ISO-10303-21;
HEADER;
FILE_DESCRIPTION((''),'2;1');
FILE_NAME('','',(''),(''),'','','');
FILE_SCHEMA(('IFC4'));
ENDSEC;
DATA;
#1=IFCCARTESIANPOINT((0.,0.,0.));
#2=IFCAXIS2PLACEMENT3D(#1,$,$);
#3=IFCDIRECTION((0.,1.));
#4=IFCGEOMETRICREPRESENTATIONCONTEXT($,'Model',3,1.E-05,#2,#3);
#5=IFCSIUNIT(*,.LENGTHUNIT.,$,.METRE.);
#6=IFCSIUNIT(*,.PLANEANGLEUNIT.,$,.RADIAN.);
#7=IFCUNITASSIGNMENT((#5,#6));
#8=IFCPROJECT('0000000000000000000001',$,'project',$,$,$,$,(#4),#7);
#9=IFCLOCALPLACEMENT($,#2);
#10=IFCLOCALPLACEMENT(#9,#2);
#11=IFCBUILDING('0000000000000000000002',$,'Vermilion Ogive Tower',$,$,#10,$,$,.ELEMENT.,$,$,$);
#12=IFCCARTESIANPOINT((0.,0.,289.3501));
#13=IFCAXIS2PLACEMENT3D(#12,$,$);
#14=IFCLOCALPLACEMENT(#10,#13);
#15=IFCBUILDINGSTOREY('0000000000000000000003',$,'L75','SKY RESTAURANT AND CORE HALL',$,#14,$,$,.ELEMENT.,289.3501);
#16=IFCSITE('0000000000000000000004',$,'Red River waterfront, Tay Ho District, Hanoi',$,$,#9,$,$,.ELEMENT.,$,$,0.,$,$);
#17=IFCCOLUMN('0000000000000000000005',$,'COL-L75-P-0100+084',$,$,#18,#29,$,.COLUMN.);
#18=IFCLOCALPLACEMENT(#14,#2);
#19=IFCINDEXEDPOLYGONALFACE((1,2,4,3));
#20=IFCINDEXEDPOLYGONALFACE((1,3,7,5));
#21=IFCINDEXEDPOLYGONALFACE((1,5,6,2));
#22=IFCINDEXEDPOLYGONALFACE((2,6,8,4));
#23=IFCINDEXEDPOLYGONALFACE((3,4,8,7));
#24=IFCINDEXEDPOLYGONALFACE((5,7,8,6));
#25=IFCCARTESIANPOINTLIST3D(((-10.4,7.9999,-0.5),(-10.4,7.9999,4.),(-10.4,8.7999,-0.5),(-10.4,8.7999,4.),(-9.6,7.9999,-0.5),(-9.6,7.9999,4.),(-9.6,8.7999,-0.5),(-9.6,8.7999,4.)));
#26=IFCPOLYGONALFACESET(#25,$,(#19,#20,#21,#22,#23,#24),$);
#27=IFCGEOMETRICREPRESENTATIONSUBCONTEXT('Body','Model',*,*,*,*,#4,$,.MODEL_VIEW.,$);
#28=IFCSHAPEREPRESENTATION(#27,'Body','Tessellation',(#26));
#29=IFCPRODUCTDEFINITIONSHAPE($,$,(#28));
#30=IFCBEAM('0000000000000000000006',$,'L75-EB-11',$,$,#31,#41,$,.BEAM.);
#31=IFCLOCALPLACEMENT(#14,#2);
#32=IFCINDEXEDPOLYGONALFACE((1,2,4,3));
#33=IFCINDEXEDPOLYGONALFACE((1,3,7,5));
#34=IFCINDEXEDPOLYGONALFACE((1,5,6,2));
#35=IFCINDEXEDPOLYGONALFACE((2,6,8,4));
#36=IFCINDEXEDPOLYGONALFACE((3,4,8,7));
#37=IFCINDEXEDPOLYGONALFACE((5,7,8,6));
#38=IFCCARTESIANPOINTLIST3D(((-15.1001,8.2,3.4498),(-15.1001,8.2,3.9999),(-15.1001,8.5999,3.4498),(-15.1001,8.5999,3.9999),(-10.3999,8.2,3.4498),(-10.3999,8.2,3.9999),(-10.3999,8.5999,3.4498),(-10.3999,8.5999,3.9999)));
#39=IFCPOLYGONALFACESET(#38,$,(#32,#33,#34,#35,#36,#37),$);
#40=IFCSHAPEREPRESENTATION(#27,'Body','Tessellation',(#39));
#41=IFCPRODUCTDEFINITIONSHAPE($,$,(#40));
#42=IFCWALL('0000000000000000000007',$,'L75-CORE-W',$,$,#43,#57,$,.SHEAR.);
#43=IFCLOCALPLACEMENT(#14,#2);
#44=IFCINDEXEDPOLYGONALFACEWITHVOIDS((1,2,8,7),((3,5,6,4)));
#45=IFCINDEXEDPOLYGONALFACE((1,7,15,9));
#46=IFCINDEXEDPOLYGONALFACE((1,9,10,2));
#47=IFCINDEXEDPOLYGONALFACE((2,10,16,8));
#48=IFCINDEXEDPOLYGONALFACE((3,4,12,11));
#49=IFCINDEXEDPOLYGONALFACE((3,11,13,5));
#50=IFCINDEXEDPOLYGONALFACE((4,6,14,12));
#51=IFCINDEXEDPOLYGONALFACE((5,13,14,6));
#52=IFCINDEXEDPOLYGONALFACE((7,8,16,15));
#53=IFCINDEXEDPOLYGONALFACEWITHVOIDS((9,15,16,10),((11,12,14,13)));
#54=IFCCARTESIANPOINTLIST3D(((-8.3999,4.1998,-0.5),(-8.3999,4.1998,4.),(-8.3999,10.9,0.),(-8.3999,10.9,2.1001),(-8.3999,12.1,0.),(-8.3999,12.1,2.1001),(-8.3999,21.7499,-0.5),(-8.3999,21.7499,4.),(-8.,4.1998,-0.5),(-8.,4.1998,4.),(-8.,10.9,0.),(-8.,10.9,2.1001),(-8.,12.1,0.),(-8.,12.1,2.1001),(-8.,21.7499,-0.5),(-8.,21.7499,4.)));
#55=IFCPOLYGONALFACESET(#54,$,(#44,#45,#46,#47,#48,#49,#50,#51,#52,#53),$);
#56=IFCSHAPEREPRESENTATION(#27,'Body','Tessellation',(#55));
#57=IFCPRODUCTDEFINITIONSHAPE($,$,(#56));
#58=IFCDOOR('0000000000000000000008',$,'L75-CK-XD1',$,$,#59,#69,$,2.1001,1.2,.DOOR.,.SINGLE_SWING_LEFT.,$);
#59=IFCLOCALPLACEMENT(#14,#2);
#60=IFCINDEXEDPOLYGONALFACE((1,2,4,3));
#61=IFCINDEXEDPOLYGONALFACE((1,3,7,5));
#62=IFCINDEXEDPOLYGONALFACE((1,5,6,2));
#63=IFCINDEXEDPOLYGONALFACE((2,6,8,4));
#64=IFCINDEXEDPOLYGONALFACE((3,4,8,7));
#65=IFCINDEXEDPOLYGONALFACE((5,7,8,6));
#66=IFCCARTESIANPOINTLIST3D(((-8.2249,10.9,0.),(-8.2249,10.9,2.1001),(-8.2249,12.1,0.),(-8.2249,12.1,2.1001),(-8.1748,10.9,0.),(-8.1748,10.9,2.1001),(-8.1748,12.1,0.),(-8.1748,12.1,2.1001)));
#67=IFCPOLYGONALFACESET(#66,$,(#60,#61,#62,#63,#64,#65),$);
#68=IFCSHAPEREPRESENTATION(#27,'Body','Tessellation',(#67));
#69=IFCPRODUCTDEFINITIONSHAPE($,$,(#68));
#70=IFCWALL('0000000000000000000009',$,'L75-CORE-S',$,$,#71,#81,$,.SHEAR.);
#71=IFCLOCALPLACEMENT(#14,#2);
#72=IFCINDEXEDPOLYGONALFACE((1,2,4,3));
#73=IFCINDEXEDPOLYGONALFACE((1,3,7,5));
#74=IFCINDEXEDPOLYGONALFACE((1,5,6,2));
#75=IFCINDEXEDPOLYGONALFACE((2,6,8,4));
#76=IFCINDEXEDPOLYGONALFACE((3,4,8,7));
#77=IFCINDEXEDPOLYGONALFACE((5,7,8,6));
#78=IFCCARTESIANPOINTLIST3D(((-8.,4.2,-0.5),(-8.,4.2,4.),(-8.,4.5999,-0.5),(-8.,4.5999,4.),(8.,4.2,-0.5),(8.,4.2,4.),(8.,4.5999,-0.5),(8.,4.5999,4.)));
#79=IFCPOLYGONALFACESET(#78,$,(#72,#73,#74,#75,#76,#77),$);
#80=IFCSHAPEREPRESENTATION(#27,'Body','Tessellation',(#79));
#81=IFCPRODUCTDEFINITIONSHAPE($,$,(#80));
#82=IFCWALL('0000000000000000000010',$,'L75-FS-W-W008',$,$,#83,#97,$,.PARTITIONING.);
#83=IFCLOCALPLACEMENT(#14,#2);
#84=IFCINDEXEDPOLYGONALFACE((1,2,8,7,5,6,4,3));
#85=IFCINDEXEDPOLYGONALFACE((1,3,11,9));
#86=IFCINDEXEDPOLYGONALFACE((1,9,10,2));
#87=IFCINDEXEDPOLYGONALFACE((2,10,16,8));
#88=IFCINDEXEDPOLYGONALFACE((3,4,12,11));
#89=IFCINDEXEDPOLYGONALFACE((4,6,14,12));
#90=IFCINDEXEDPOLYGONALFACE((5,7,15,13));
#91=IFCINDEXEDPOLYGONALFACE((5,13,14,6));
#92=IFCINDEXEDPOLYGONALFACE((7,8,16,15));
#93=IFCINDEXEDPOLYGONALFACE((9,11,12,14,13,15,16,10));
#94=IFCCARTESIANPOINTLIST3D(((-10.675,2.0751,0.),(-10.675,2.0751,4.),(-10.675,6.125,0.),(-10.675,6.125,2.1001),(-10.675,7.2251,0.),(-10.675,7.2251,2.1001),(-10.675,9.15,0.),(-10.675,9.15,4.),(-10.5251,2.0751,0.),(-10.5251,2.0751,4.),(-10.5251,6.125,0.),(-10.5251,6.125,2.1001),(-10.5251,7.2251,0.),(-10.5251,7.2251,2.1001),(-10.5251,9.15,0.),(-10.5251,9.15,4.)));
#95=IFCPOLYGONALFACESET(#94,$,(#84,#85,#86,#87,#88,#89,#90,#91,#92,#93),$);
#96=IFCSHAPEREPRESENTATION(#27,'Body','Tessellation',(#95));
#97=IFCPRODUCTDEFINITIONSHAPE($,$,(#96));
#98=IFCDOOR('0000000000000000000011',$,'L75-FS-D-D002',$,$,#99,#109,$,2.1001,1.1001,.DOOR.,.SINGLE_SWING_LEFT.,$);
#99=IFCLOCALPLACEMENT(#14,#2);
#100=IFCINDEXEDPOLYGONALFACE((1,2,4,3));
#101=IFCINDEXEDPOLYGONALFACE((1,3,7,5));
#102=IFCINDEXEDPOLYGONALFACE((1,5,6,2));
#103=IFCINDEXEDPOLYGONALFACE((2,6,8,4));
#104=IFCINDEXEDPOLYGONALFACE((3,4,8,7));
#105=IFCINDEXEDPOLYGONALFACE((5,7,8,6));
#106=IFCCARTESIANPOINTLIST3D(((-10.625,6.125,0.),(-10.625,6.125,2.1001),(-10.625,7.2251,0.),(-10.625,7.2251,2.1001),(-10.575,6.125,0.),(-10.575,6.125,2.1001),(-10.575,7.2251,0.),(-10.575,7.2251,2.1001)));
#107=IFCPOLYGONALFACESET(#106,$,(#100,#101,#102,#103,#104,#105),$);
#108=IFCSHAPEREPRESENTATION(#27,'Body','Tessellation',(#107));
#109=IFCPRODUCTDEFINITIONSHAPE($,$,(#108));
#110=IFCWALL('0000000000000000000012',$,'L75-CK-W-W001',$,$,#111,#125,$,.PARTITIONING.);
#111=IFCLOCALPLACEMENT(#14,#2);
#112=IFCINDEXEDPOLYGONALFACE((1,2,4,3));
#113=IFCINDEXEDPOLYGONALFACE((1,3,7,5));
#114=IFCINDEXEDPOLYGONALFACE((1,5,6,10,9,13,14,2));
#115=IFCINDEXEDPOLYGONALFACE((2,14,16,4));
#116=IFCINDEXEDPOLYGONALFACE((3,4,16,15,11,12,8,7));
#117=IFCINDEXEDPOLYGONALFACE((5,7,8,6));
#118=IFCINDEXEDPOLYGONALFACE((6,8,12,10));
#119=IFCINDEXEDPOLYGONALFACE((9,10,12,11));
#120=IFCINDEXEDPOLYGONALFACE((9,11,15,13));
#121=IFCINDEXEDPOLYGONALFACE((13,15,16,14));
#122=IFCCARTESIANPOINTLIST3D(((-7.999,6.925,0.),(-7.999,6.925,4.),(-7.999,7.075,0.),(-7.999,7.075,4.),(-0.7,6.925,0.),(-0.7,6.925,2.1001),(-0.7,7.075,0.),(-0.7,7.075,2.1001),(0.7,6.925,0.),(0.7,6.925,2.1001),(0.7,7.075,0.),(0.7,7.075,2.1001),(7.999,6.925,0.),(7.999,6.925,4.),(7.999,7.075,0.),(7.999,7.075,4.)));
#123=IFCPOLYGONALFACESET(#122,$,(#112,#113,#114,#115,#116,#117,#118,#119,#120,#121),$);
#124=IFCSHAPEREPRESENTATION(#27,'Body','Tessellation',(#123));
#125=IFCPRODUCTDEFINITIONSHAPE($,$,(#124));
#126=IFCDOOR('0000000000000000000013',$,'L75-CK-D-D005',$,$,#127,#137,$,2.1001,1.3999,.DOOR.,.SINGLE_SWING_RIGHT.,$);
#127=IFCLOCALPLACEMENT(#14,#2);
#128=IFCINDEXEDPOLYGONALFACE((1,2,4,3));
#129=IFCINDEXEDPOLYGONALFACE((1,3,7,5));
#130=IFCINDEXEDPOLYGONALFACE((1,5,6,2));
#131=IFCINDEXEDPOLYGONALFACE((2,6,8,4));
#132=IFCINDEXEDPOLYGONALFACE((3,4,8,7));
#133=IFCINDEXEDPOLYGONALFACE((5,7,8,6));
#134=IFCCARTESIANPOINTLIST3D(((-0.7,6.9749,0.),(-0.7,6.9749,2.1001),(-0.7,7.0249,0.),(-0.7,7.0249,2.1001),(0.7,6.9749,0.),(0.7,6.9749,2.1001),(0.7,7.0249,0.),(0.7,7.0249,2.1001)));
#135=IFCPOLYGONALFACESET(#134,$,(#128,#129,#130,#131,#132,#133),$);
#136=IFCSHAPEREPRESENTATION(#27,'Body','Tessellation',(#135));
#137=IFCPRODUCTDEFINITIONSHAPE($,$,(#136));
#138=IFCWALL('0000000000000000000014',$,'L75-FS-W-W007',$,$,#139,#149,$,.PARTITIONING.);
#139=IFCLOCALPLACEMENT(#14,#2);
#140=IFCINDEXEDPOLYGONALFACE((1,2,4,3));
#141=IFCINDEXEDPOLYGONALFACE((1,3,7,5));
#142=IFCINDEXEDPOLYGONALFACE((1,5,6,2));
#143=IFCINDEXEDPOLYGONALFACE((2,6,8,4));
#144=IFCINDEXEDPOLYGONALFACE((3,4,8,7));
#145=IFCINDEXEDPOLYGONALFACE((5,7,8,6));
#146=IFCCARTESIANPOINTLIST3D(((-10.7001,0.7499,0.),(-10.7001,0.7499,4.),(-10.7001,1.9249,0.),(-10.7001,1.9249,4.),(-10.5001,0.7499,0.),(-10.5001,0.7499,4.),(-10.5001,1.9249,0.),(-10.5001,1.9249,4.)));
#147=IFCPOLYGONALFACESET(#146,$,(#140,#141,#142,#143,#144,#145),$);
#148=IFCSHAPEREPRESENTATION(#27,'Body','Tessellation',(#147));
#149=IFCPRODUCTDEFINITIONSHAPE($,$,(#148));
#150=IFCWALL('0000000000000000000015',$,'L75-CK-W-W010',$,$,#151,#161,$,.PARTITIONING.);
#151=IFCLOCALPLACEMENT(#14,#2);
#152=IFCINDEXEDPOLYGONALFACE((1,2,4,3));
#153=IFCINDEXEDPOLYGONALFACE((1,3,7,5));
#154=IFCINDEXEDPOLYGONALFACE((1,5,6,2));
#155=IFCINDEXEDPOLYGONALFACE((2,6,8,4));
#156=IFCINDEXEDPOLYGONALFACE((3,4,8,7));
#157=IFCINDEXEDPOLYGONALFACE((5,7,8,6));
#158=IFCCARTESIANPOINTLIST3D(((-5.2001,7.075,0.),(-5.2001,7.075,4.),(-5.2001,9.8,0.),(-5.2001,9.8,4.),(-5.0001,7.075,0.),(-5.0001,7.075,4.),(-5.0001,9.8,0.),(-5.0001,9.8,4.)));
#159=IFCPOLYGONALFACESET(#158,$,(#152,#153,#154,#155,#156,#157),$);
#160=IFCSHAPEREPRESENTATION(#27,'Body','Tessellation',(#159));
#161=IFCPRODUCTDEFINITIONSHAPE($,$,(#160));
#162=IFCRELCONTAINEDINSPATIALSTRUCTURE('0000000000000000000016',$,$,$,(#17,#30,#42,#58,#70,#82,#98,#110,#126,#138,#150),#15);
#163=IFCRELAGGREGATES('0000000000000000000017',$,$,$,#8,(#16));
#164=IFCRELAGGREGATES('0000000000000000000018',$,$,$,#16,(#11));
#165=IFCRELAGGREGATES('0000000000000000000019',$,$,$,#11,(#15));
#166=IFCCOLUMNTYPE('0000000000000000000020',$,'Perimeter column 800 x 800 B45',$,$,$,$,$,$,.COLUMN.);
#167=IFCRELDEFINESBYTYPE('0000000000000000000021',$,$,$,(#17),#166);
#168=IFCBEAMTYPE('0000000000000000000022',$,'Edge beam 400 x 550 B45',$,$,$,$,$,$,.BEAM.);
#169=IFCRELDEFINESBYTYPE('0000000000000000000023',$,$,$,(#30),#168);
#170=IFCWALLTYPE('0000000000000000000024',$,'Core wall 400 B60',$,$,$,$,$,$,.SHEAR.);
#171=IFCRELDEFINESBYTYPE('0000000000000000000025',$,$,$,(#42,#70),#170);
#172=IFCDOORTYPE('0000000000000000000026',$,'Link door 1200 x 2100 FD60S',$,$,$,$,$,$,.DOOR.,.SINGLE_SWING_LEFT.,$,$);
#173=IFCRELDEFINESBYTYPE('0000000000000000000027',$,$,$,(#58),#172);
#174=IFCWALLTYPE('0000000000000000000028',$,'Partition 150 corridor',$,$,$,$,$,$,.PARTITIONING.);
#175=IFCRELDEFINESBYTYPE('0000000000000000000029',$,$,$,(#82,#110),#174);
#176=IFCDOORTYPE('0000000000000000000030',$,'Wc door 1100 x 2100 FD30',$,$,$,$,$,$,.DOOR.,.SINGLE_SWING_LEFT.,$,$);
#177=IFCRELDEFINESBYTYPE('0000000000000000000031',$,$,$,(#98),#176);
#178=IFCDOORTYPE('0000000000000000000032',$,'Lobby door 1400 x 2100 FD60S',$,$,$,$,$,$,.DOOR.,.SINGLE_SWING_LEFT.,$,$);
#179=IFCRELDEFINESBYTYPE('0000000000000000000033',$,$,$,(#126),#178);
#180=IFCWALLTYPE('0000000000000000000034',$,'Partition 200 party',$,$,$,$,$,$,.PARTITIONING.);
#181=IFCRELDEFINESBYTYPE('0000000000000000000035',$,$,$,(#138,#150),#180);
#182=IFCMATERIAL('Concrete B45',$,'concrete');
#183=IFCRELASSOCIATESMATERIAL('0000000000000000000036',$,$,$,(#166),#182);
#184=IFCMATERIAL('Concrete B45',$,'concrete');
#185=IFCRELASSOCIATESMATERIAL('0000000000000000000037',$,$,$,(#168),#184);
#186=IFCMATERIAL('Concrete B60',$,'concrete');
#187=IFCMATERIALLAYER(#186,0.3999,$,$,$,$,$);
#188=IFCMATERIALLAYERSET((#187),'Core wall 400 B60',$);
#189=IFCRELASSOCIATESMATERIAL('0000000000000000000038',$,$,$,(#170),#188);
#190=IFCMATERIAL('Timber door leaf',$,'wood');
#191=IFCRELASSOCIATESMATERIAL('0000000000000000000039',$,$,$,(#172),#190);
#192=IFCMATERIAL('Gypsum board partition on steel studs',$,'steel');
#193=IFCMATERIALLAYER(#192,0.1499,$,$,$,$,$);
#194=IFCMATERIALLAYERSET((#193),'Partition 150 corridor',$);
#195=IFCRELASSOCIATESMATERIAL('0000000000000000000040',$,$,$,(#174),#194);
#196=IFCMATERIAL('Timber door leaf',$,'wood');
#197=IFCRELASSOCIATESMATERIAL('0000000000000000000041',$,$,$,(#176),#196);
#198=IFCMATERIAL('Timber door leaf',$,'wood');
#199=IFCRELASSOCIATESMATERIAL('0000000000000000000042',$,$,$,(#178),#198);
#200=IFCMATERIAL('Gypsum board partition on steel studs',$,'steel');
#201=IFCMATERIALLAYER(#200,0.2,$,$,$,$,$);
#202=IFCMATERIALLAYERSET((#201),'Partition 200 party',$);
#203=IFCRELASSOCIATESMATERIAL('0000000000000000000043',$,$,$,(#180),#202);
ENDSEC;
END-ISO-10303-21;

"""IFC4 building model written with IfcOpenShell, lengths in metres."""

from ifc_helpers import new_model, si_unit, direction, frame, frame_2d, origin, origin_2d, place, context, subcontext, project, spatial, rectangle, extrude, material, layer, layer_set, material_profile, profile_set, type_object, element, fill, save


model = new_model("IFC4")

# Units and contexts
model_context = context("Model", 3, precision=1e-05, world=origin(), true_north=direction((0.0, 1.0)))
body_context = subcontext(model_context, "Body", "Model", "MODEL_VIEW")
ifc_project = project(units=[si_unit("LENGTHUNIT", "METRE"), si_unit("PLANEANGLEUNIT", "RADIAN")], contexts=[model_context])

# Site, building, storey
site_placement = place(None, origin())
site = spatial("IfcSite", under=ifc_project, at=site_placement, Name="Red River waterfront, Tay Ho District, Hanoi", CompositionType="ELEMENT", RefElevation=0.0)
building_placement = place(site_placement, origin())
building = spatial("IfcBuilding", under=site, at=building_placement, Name="Vermilion Ogive Tower", CompositionType="ELEMENT")
storey_placement = place(building_placement, frame((0.0, 0.0, 289.3501)))
storey = spatial("IfcBuildingStorey", under=building, at=storey_placement, Name="L75", Description="SKY RESTAURANT AND CORE HALL", CompositionType="ELEMENT", Elevation=289.3501)

# Column
ifc_material_1 = material(Name="Concrete B45", Category="concrete")
ifc_material_profile_1 = material_profile(ifc_material_1, rectangle(XDim=0.8, YDim=0.8, at=origin_2d()), Name="800 x 800")
ifc_profile_set_1 = profile_set([ifc_material_profile_1], Name="Concrete B45")
column_type = type_object("IfcColumnType", Name="Perimeter column 800 x 800 B45", PredefinedType="COLUMN", material=ifc_profile_set_1)
column_placement = place(storey_placement, frame((-10.0, 8.3999, -0.5), z_axis=(0.0, 0.0, 1.0), x_axis=(1.0, 0.0, 0.0)))
element("IfcColumn", 1, at=column_placement, inside=storey, type_object=column_type, Name="COL-L75-P-0100+084", PredefinedType="COLUMN", context=body_context, shape_type="SweptSolid", body=[
    extrude(rectangle(XDim=0.8, YDim=0.8, at=origin_2d()), origin(), (0.0, 0.0, 1.0), 4.5),
])

# Beam
ifc_material_2 = material(Name="Concrete B45", Category="concrete")
ifc_material_profile_2 = material_profile(ifc_material_2, rectangle(XDim=0.3999, YDim=0.55, at=origin_2d()), Name="400 x 550")
ifc_profile_set_2 = profile_set([ifc_material_profile_2], Name="Concrete B45")
beam_type = type_object("IfcBeamType", Name="Edge beam 400 x 550 B45", PredefinedType="BEAM", material=ifc_profile_set_2)
beam_placement = place(storey_placement, frame((-10.3999, 8.3999, 3.7249), z_axis=(-1.0, 0.0, 0.0), x_axis=(0.0, -1.0, 0.0)))
element("IfcBeam", 2, at=beam_placement, inside=storey, type_object=beam_type, Name="L75-EB-11", PredefinedType="BEAM", context=body_context, shape_type="SweptSolid", body=[
    extrude(rectangle(XDim=0.3999, YDim=0.55, at=origin_2d()), origin(), (0.0, 0.0, 1.0), 4.7002),
])

# Wall, opening, door
ifc_material_3 = material(Name="Concrete B60", Category="concrete")
ifc_layer_1 = layer(ifc_material_3, 0.3999)
ifc_layer_set_1 = layer_set([ifc_layer_1], Name="Core wall 400 B60")
wall_type_1 = type_object("IfcWallType", Name="Core wall 400 B60", PredefinedType="SHEAR", material=ifc_layer_set_1)
wall_1_placement = place(storey_placement, frame((-8.2, 4.2, -0.5), z_axis=(0.0, 0.0, 1.0), x_axis=(0.0, 1.0, 0.0)))
wall_1 = element("IfcWall", 3, at=wall_1_placement, inside=storey, type_object=wall_type_1, Name="L75-CORE-W", PredefinedType="SHEAR", context=body_context, shape_type="SweptSolid", body=[
    extrude(rectangle(XDim=17.55, YDim=0.3999, at=frame_2d((8.7749, 0.0))), origin(), (0.0, 0.0, 1.0), 4.5),
])
opening_1_placement = place(wall_1_placement, frame((6.7, 0.0, 0.5)))
opening_1 = element("IfcOpeningElement", 4, at=opening_1_placement, cuts=wall_1, PredefinedType="OPENING", context=body_context, shape_type="SweptSolid", body=[
    extrude(rectangle(XDim=1.2, YDim=2.1001, at=frame_2d((0.6001, 1.05))), frame((0.0, 0.21, 0.0), z_axis=(0.0, -1.0, 0.0), x_axis=(1.0, 0.0, 0.0)), (0.0, 0.0, 1.0), 0.4199),
])
ifc_material_4 = material(Name="Timber door leaf", Category="wood")
door_type_1 = type_object("IfcDoorType", Name="Link door 1200 x 2100 FD60S", OperationType="SINGLE_SWING_LEFT", PredefinedType="DOOR", material=ifc_material_4)
door_1_placement = place(opening_1_placement, origin())
door_1 = element("IfcDoor", 5, at=door_1_placement, inside=storey, type_object=door_type_1, Name="L75-CK-XD1", OperationType="SINGLE_SWING_LEFT", OverallHeight=2.1001, OverallWidth=1.2, PredefinedType="DOOR", context=body_context, shape_type="SweptSolid", body=[
    extrude(rectangle(XDim=1.2, YDim=2.1001, at=frame_2d((0.6001, 1.05))), frame((0.0, 0.0249, 0.0), z_axis=(0.0, -1.0, 0.0), x_axis=(1.0, 0.0, 0.0)), (0.0, 0.0, 1.0), 0.05),
])
fill(opening_1, door_1)

# Wall
wall_2_placement = place(storey_placement, frame((-8.0, 4.3999, -0.5), z_axis=(0.0, 0.0, 1.0), x_axis=(1.0, 0.0, 0.0)))
element("IfcWall", 6, at=wall_2_placement, inside=storey, type_object=wall_type_1, Name="L75-CORE-S", PredefinedType="SHEAR", context=body_context, shape_type="SweptSolid", body=[
    extrude(rectangle(XDim=16.0, YDim=0.3999, at=frame_2d((8.0, 0.0))), origin(), (0.0, 0.0, 1.0), 4.5),
])

# Walls, openings, doors
ifc_material_5 = material(Name="Gypsum board partition on steel studs", Category="steel")
ifc_layer_2 = layer(ifc_material_5, 0.1499)
ifc_layer_set_2 = layer_set([ifc_layer_2], Name="Partition 150 corridor")
wall_type_2 = type_object("IfcWallType", Name="Partition 150 corridor", PredefinedType="PARTITIONING", material=ifc_layer_set_2)
wall_3_placement = place(storey_placement, frame((-10.6001, 2.075, 0.0), z_axis=(0.0, 0.0, 1.0), x_axis=(0.0, 1.0, 0.0)))
wall_3 = element("IfcWall", 7, at=wall_3_placement, inside=storey, type_object=wall_type_2, Name="L75-FS-W-W008", PredefinedType="PARTITIONING", context=body_context, shape_type="SweptSolid", body=[
    extrude(rectangle(XDim=7.075, YDim=0.1499, at=frame_2d((3.5376, 0.0))), origin(), (0.0, 0.0, 1.0), 4.0),
])
opening_2_placement = place(wall_3_placement, frame((4.05, 0.0, 0.0)))
opening_2 = element("IfcOpeningElement", 8, at=opening_2_placement, cuts=wall_3, PredefinedType="OPENING", context=body_context, shape_type="SweptSolid", body=[
    extrude(rectangle(XDim=1.1001, YDim=2.1001, at=frame_2d((0.55, 1.05))), frame((0.0, 0.085, 0.0), z_axis=(0.0, -1.0, 0.0), x_axis=(1.0, 0.0, 0.0)), (0.0, 0.0, 1.0), 0.1699),
])
ifc_material_6 = material(Name="Timber door leaf", Category="wood")
door_type_2 = type_object("IfcDoorType", Name="Wc door 1100 x 2100 FD30", OperationType="SINGLE_SWING_LEFT", PredefinedType="DOOR", material=ifc_material_6)
door_2_placement = place(opening_2_placement, origin())
door_2 = element("IfcDoor", 9, at=door_2_placement, inside=storey, type_object=door_type_2, Name="L75-FS-D-D002", OperationType="SINGLE_SWING_LEFT", OverallHeight=2.1001, OverallWidth=1.1001, PredefinedType="DOOR", context=body_context, shape_type="SweptSolid", body=[
    extrude(rectangle(XDim=1.1001, YDim=2.1001, at=frame_2d((0.55, 1.05))), frame((0.0, 0.0249, 0.0), z_axis=(0.0, -1.0, 0.0), x_axis=(1.0, 0.0, 0.0)), (0.0, 0.0, 1.0), 0.05),
])
fill(opening_2, door_2)
wall_4_placement = place(storey_placement, frame((-7.999, 7.0, 0.0), z_axis=(0.0, 0.0, 1.0), x_axis=(1.0, 0.0, 0.0)))
wall_4 = element("IfcWall", 10, at=wall_4_placement, inside=storey, type_object=wall_type_2, Name="L75-CK-W-W001", PredefinedType="PARTITIONING", context=body_context, shape_type="SweptSolid", body=[
    extrude(rectangle(XDim=15.998, YDim=0.1499, at=frame_2d((7.999, 0.0))), origin(), (0.0, 0.0, 1.0), 4.0),
])
opening_3_placement = place(wall_4_placement, frame((7.2991, 0.0, 0.0)))
opening_3 = element("IfcOpeningElement", 11, at=opening_3_placement, cuts=wall_4, PredefinedType="OPENING", context=body_context, shape_type="SweptSolid", body=[
    extrude(rectangle(XDim=1.3999, YDim=2.1001, at=frame_2d((0.7, 1.05))), frame((0.0, 0.085, 0.0), z_axis=(0.0, -1.0, 0.0), x_axis=(1.0, 0.0, 0.0)), (0.0, 0.0, 1.0), 0.1699),
])
ifc_material_7 = material(Name="Timber door leaf", Category="wood")
door_type_3 = type_object("IfcDoorType", Name="Lobby door 1400 x 2100 FD60S", OperationType="SINGLE_SWING_LEFT", PredefinedType="DOOR", material=ifc_material_7)
door_3_placement = place(opening_3_placement, origin())
door_3 = element("IfcDoor", 12, at=door_3_placement, inside=storey, type_object=door_type_3, Name="L75-CK-D-D005", OperationType="SINGLE_SWING_RIGHT", OverallHeight=2.1001, OverallWidth=1.3999, PredefinedType="DOOR", context=body_context, shape_type="SweptSolid", body=[
    extrude(rectangle(XDim=1.3999, YDim=2.1001, at=frame_2d((0.7, 1.05))), frame((0.0, 0.0249, 0.0), z_axis=(0.0, -1.0, 0.0), x_axis=(1.0, 0.0, 0.0)), (0.0, 0.0, 1.0), 0.05),
])
fill(opening_3, door_3)

# Walls
ifc_material_8 = material(Name="Gypsum board partition on steel studs", Category="steel")
ifc_layer_3 = layer(ifc_material_8, 0.2)
ifc_layer_set_3 = layer_set([ifc_layer_3], Name="Partition 200 party")
wall_type_3 = type_object("IfcWallType", Name="Partition 200 party", PredefinedType="PARTITIONING", material=ifc_layer_set_3)
wall_5_placement = place(storey_placement, frame((-10.6001, 0.75, 0.0), z_axis=(0.0, 0.0, 1.0), x_axis=(0.0, 1.0, 0.0)))
element("IfcWall", 13, at=wall_5_placement, inside=storey, type_object=wall_type_3, Name="L75-FS-W-W007", PredefinedType="PARTITIONING", context=body_context, shape_type="SweptSolid", body=[
    extrude(rectangle(XDim=1.175, YDim=0.2, at=frame_2d((0.5874, 0.0))), origin(), (0.0, 0.0, 1.0), 4.0),
])
wall_6_placement = place(storey_placement, frame((-5.1001, 7.075, 0.0), z_axis=(0.0, 0.0, 1.0), x_axis=(0.0, 1.0, 0.0)))
element("IfcWall", 14, at=wall_6_placement, inside=storey, type_object=wall_type_3, Name="L75-CK-W-W010", PredefinedType="PARTITIONING", context=body_context, shape_type="SweptSolid", body=[
    extrude(rectangle(XDim=2.7251, YDim=0.2, at=frame_2d((1.3625, 0.0))), origin(), (0.0, 0.0, 1.0), 4.0),
])

save(model, "model.ifc")
